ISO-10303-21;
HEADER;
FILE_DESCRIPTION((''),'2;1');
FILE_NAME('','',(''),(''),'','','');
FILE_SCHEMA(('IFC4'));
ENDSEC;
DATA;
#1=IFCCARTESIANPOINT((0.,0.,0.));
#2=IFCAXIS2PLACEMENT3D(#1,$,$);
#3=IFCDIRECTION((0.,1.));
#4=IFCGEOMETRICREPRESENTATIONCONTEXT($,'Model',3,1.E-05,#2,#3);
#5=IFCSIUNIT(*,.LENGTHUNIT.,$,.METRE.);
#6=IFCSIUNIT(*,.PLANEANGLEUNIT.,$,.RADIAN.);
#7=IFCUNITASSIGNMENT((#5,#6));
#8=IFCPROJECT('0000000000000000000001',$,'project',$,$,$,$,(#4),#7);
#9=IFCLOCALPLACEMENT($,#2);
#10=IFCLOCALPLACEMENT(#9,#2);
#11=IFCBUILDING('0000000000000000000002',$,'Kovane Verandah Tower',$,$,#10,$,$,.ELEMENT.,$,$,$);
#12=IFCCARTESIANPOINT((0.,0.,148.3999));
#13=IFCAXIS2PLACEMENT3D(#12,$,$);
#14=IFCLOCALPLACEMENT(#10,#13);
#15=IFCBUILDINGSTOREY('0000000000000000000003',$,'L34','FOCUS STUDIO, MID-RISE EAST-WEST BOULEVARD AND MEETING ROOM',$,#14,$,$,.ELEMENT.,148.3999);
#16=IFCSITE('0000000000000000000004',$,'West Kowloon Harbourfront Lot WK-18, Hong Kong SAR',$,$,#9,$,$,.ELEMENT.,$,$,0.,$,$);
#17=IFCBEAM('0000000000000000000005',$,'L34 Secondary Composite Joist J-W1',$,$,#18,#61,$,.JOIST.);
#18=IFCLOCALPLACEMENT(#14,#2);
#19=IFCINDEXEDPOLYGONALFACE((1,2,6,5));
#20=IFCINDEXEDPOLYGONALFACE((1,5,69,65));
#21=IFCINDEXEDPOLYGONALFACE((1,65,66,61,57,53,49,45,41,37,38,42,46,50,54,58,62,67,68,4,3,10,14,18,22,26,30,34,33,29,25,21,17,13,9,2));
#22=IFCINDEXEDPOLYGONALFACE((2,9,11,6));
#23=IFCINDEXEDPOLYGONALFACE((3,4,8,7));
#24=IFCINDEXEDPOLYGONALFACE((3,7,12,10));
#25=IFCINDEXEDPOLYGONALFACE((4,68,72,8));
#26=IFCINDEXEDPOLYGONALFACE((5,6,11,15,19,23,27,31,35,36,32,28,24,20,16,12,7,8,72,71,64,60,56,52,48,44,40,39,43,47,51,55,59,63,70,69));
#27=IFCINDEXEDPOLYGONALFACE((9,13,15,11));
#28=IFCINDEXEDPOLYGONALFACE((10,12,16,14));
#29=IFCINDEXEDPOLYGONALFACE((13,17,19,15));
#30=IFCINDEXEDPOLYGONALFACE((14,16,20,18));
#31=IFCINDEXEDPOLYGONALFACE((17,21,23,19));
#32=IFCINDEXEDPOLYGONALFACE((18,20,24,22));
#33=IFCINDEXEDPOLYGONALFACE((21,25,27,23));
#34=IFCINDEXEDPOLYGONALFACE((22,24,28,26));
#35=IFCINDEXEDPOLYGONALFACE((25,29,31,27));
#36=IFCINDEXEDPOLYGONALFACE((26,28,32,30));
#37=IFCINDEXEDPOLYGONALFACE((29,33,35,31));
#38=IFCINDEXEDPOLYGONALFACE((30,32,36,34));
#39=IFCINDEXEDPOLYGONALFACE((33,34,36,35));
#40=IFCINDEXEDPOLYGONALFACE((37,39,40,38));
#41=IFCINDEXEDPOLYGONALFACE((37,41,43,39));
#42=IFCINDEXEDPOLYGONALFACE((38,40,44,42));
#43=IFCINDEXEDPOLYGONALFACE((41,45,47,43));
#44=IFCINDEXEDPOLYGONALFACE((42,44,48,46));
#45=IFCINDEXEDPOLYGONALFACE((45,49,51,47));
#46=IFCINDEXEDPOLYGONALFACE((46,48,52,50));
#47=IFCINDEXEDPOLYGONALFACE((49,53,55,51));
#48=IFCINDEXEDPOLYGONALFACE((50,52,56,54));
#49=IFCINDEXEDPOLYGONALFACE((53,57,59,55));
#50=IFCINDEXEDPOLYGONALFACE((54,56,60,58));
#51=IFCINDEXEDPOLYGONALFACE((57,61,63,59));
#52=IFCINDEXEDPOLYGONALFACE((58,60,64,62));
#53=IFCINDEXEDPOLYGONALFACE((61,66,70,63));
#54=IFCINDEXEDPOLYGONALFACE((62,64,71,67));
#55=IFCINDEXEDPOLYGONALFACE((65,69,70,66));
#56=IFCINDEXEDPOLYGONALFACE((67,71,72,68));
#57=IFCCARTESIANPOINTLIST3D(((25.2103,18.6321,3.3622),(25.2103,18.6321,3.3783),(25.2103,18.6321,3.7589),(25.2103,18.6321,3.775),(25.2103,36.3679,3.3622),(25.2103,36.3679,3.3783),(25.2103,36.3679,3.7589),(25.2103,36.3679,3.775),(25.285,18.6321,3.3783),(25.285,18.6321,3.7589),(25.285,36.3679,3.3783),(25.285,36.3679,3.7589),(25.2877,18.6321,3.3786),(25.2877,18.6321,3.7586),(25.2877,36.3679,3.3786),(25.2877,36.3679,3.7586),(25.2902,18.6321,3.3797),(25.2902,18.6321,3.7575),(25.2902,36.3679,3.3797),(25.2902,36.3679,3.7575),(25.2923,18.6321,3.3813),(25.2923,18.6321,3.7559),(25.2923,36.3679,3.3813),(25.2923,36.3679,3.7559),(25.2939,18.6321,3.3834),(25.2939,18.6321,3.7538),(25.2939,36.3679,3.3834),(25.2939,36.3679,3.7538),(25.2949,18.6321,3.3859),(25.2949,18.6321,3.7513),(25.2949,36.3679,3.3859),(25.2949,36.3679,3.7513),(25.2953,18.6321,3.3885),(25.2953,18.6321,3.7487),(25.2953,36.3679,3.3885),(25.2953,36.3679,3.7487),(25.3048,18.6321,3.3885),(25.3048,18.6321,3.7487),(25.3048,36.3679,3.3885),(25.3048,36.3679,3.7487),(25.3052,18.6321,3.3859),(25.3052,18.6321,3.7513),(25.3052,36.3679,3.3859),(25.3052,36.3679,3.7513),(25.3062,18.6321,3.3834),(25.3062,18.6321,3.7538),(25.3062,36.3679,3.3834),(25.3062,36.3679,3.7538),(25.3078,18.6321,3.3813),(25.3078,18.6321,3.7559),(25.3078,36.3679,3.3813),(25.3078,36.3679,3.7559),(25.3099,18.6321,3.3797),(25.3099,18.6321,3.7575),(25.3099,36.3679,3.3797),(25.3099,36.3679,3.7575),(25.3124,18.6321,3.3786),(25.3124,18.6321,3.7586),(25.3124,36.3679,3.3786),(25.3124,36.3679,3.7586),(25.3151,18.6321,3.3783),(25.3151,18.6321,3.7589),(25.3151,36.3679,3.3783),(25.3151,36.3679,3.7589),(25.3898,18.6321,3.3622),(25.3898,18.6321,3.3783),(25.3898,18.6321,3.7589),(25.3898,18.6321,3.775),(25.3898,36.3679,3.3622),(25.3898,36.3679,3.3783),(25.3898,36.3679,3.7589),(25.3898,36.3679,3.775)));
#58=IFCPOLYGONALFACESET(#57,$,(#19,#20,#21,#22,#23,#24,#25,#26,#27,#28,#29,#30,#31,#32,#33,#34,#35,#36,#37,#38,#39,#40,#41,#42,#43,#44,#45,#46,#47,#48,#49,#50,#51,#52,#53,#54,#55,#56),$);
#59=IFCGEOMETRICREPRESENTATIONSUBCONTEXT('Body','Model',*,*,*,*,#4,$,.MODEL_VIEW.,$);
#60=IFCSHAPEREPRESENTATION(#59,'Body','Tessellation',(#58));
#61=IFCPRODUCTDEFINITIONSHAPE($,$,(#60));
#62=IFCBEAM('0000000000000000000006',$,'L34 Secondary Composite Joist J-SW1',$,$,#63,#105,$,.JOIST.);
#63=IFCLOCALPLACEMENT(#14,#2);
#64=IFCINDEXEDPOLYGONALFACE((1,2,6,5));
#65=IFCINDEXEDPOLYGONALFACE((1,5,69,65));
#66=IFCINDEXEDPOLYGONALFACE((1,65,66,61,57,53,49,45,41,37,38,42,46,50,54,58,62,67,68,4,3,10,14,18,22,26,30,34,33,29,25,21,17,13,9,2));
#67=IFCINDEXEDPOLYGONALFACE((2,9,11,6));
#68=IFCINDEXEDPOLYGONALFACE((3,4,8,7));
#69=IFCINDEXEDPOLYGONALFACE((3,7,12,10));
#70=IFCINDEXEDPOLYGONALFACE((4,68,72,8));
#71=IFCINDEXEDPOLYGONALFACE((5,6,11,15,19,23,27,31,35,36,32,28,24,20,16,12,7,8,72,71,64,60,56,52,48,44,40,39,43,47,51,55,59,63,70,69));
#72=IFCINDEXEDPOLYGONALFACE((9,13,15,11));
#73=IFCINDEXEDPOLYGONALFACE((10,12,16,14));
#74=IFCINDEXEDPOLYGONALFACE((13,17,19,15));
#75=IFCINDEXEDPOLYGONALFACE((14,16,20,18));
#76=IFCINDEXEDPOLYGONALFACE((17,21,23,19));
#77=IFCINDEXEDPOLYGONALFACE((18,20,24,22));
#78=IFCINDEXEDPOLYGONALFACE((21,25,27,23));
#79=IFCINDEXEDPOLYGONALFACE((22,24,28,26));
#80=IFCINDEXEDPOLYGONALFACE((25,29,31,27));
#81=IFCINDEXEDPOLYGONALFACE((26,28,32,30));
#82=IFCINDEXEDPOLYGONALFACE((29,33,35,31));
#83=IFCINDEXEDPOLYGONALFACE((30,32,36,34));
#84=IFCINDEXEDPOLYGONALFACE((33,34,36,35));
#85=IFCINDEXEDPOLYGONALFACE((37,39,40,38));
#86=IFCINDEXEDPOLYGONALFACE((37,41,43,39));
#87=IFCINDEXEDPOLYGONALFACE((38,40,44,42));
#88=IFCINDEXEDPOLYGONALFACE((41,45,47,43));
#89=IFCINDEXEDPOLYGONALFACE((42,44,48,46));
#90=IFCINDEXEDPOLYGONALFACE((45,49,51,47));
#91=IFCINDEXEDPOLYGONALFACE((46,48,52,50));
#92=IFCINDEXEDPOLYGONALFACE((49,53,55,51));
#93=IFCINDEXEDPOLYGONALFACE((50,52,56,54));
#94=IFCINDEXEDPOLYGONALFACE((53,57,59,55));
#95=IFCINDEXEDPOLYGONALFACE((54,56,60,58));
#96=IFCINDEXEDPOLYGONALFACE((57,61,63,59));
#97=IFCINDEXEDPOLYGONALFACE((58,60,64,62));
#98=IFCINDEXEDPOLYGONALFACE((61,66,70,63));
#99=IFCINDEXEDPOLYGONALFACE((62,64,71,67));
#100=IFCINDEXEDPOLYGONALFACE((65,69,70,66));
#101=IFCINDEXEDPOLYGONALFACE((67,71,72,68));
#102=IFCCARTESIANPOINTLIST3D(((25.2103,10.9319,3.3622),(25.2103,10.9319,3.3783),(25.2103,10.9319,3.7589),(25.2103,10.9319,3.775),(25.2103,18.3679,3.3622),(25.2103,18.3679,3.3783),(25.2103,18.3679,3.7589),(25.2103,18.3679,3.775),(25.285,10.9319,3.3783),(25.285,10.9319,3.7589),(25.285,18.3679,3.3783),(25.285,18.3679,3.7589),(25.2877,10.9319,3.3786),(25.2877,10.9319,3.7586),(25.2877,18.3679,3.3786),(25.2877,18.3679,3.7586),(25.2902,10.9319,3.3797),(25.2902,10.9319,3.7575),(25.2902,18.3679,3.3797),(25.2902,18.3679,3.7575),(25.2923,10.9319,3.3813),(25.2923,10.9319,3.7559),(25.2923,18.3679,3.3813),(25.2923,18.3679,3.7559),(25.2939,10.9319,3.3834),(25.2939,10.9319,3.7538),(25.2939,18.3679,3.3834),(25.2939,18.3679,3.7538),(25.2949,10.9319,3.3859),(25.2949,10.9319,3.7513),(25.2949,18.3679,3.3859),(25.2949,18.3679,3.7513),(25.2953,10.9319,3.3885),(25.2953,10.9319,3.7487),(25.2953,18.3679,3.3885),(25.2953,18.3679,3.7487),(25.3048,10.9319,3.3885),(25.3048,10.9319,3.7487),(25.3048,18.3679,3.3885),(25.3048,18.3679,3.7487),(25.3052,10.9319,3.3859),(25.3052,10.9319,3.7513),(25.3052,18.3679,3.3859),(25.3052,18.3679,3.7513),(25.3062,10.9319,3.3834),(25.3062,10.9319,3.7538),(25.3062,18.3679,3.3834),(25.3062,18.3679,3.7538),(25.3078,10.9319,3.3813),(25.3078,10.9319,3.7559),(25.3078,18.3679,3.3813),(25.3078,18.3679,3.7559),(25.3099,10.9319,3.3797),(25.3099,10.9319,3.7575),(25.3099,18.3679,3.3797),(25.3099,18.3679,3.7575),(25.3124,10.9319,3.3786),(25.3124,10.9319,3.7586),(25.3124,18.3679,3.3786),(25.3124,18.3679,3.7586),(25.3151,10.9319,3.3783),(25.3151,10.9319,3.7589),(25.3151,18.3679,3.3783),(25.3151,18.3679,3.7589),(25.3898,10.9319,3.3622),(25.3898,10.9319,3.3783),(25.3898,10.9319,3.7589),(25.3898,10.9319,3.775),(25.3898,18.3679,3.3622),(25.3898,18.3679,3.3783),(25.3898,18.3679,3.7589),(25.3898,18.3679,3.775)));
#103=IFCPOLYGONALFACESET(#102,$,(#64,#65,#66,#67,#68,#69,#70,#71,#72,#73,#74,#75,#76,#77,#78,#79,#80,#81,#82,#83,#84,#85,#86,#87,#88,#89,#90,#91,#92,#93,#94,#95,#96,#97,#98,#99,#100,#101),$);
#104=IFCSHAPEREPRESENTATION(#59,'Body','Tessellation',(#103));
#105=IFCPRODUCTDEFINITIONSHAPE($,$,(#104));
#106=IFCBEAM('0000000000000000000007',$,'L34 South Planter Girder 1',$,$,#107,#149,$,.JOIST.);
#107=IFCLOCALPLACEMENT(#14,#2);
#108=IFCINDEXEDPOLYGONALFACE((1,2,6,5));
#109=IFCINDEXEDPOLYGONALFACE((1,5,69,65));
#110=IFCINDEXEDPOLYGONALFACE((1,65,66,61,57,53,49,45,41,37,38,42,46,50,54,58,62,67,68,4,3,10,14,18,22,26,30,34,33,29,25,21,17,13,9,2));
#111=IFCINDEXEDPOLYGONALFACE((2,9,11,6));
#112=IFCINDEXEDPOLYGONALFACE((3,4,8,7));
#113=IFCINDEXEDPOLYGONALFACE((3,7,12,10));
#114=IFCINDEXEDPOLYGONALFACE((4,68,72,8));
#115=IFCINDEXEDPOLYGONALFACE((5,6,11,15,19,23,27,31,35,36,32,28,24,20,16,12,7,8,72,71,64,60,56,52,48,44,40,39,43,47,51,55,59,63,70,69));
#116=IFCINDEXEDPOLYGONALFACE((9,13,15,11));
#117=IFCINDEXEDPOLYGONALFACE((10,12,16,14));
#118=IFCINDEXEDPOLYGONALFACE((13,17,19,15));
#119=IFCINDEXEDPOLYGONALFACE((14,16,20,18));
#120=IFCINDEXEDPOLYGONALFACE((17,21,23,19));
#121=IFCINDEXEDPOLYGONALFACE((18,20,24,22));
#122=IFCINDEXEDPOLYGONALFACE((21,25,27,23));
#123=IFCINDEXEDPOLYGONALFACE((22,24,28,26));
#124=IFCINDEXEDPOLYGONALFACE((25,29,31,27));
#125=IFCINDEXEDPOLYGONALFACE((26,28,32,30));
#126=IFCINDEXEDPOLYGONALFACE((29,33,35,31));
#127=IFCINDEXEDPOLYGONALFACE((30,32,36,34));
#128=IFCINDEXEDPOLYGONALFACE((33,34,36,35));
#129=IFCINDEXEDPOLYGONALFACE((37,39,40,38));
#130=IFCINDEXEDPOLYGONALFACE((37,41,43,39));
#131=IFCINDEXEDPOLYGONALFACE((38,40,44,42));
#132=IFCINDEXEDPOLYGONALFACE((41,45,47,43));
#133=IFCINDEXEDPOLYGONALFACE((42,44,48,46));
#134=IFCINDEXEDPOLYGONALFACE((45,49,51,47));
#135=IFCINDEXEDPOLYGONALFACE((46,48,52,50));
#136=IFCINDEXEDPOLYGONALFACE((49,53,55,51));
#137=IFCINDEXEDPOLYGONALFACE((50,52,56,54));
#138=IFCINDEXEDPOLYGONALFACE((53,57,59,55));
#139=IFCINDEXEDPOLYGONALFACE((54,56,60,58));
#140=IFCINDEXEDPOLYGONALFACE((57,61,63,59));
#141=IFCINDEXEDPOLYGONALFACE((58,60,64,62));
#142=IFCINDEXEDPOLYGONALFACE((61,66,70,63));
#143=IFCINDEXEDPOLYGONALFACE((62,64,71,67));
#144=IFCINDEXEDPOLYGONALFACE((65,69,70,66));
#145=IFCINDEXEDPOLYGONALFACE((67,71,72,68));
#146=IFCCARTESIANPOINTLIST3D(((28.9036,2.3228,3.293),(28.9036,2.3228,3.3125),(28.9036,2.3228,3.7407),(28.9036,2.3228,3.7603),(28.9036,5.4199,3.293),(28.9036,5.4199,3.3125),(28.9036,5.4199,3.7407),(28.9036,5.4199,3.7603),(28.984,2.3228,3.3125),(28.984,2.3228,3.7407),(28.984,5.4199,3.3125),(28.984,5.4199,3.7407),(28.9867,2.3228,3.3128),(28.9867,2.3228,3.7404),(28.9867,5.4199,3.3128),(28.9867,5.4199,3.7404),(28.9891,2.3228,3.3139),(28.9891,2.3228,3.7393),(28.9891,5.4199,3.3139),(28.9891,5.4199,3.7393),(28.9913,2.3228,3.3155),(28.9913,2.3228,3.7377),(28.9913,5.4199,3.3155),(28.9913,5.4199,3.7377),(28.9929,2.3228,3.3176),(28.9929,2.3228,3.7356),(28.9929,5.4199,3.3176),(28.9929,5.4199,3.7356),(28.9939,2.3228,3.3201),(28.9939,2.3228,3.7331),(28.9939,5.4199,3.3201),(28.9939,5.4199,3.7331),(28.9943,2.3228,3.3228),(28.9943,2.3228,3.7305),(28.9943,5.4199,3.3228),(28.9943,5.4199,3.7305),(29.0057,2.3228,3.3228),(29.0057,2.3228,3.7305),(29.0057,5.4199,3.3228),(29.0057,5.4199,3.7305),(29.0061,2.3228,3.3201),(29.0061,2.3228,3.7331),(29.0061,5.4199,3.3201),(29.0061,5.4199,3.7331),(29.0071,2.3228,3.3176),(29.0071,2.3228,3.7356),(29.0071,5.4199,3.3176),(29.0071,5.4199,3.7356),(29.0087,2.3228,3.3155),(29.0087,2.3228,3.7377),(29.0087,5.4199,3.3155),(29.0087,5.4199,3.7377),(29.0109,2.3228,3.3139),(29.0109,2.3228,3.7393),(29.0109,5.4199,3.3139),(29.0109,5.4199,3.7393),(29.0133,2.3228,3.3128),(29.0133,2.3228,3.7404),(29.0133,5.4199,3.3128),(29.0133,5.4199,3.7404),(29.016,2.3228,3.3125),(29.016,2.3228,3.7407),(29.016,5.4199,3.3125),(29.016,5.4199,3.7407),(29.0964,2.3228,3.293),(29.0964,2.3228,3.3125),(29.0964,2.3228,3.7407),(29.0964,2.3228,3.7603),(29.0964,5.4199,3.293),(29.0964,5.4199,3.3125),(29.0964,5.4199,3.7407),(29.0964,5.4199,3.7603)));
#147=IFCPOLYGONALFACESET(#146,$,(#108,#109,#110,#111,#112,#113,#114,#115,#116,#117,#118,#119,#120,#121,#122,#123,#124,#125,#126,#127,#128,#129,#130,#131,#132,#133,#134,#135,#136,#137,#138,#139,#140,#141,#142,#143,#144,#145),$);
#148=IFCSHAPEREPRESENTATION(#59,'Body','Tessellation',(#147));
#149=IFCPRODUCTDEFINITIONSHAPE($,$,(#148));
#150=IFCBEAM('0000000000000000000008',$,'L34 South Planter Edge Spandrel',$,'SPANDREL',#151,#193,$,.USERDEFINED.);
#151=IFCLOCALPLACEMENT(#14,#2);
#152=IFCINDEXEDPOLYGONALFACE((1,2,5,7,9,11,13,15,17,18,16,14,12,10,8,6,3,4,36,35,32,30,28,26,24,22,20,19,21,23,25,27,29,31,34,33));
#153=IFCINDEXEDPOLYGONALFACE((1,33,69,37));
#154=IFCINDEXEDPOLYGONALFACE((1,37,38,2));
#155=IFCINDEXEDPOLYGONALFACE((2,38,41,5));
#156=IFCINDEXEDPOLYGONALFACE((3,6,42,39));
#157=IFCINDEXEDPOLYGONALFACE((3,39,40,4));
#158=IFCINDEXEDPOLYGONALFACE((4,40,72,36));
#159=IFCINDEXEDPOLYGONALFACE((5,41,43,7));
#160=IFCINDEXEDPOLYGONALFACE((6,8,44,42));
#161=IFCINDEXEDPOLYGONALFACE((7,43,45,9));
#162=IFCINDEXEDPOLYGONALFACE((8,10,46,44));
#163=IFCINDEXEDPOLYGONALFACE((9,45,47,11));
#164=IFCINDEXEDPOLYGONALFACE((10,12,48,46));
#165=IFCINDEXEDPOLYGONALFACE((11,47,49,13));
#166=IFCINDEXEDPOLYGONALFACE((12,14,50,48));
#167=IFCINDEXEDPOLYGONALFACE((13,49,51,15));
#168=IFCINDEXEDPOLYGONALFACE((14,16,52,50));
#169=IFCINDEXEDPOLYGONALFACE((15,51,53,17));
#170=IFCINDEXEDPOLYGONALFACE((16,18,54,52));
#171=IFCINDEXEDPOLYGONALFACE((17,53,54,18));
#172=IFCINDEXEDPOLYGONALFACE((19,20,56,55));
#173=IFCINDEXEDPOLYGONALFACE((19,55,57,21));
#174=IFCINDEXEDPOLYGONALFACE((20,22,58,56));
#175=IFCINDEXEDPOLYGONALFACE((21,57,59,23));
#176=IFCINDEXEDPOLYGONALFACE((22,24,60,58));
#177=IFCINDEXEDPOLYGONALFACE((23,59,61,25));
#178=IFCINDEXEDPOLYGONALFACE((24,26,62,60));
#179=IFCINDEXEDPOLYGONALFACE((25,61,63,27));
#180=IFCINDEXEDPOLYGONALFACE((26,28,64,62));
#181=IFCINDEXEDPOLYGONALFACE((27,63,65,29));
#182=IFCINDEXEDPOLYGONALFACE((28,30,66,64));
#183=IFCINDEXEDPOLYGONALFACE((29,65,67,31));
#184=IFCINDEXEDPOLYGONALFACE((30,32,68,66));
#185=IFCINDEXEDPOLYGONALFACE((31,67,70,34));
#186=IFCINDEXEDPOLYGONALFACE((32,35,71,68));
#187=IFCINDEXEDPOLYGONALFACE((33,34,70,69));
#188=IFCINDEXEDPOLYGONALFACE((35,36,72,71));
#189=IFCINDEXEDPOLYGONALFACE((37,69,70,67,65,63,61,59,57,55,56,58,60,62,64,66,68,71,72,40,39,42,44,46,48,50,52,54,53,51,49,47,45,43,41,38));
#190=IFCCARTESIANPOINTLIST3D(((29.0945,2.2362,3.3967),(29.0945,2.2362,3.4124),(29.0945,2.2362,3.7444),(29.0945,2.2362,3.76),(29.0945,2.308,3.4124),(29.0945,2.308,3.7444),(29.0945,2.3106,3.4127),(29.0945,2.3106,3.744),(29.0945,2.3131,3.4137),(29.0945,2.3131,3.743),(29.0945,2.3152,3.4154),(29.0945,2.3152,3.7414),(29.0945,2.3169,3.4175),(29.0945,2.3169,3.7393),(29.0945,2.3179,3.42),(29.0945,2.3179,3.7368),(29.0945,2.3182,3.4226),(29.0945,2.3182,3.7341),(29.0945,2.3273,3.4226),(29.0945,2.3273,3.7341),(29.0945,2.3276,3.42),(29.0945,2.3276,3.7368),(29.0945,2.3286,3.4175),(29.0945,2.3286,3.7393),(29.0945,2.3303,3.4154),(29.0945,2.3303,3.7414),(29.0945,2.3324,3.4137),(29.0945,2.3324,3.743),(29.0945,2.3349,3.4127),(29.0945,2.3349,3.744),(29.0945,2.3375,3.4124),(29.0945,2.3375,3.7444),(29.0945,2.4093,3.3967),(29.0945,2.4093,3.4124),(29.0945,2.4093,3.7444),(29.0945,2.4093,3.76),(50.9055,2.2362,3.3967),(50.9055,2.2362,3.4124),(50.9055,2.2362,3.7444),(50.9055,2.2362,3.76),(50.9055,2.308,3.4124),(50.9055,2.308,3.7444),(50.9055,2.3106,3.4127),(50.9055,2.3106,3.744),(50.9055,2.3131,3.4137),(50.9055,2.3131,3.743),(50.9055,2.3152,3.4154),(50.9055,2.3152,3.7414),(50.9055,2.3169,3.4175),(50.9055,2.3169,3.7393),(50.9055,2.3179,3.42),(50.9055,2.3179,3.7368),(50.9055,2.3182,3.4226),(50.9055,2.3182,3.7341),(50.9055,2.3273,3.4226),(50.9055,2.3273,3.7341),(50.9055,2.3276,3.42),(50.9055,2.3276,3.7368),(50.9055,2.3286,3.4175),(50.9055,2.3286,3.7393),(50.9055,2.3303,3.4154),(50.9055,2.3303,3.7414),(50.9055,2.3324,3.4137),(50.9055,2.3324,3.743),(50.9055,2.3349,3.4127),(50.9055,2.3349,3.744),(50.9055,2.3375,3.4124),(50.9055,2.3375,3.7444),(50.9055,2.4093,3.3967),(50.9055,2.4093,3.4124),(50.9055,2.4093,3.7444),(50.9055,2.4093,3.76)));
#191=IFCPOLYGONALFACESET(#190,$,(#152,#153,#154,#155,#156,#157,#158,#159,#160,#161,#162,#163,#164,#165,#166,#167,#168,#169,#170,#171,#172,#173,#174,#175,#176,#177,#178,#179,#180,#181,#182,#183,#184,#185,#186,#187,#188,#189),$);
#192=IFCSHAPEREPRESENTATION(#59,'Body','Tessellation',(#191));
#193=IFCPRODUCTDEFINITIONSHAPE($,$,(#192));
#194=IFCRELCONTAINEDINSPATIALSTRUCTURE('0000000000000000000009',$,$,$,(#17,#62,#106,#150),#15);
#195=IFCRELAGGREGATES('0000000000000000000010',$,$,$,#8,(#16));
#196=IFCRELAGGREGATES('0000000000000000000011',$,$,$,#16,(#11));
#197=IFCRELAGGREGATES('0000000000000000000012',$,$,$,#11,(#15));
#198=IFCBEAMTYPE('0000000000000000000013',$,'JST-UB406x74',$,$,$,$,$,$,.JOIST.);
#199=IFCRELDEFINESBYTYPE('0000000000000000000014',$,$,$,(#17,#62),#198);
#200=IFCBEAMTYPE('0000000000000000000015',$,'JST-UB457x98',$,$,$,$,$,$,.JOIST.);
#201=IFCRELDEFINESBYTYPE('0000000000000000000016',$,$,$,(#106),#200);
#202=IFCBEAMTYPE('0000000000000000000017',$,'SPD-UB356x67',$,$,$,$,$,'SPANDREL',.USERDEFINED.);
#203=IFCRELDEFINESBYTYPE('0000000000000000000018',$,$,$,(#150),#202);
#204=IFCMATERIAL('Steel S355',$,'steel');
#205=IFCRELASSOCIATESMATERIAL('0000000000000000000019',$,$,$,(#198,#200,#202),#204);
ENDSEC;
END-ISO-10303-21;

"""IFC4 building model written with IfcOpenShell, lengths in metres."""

from ifc_helpers import new_model, si_unit, direction, frame, origin, origin_2d, place, context, subcontext, project, spatial, i_section, extrude, material, material_profile, profile_set, type_object, element, save


model = new_model("IFC4")

# Units and contexts
model_context = context("Model", 3, precision=1e-05, world=origin(), true_north=direction((0.0, 1.0)))
body_context = subcontext(model_context, "Body", "Model", "MODEL_VIEW")
ifc_project = project(units=[si_unit("LENGTHUNIT", "METRE"), si_unit("PLANEANGLEUNIT", "RADIAN")], contexts=[model_context])

# Site, building, storey
site_placement = place(None, origin())
site = spatial("IfcSite", under=ifc_project, at=site_placement, Name="West Kowloon Harbourfront Lot WK-18, Hong Kong SAR", CompositionType="ELEMENT", RefElevation=0.0)
building_placement = place(site_placement, origin())
building = spatial("IfcBuilding", under=site, at=building_placement, Name="Kovane Verandah Tower", CompositionType="ELEMENT")
storey_placement = place(building_placement, frame((0.0, 0.0, 148.3999)))
storey = spatial("IfcBuildingStorey", under=building, at=storey_placement, Name="L34", Description="FOCUS STUDIO, MID-RISE EAST-WEST BOULEVARD AND MEETING ROOM", CompositionType="ELEMENT", Elevation=148.3999)

# Beams
ifc_material_1 = material(Name="Steel S355", Category="steel")
ifc_material_profile_1 = material_profile(ifc_material_1, i_section(OverallWidth=0.1794, OverallDepth=0.4128, WebThickness=0.0095, FlangeThickness=0.0161, FilletRadius=0.0103, at=origin_2d()), Name="UB406x178x74")
ifc_profile_set_1 = profile_set([ifc_material_profile_1], Name="Steel S355")
beam_type_1 = type_object("IfcBeamType", Name="JST-UB406x74", PredefinedType="JOIST", material=ifc_profile_set_1)
beam_1_placement = place(storey_placement, frame((25.3, 18.6321, 3.5686), z_axis=(0.0, 1.0, 0.0), x_axis=(-1.0, 0.0, 0.0)))
element("IfcBeam", 1, at=beam_1_placement, inside=storey, type_object=beam_type_1, Name="L34 Secondary Composite Joist J-W1", PredefinedType="JOIST", context=body_context, shape_type="SweptSolid", body=[
    extrude(i_section(OverallWidth=0.1794, OverallDepth=0.4128, WebThickness=0.0095, FlangeThickness=0.0161, FilletRadius=0.0103, at=origin_2d()), origin(), (0.0, 0.0, 1.0), 17.7358),
])
beam_2_placement = place(storey_placement, frame((25.3, 10.9319, 3.5686), z_axis=(0.0, 1.0, 0.0), x_axis=(-1.0, 0.0, 0.0)))
element("IfcBeam", 2, at=beam_2_placement, inside=storey, type_object=beam_type_1, Name="L34 Secondary Composite Joist J-SW1", PredefinedType="JOIST", context=body_context, shape_type="SweptSolid", body=[
    extrude(i_section(OverallWidth=0.1794, OverallDepth=0.4128, WebThickness=0.0095, FlangeThickness=0.0161, FilletRadius=0.0103, at=origin_2d()), origin(), (0.0, 0.0, 1.0), 7.436),
])
ifc_material_profile_2 = material_profile(ifc_material_1, i_section(OverallWidth=0.1929, OverallDepth=0.4673, WebThickness=0.0115, FlangeThickness=0.0195, FilletRadius=0.0103, at=origin_2d()), Name="UB457x191x98")
ifc_profile_set_2 = profile_set([ifc_material_profile_2], Name="Steel S355")
beam_type_2 = type_object("IfcBeamType", Name="JST-UB457x98", PredefinedType="JOIST", material=ifc_profile_set_2)
beam_3_placement = place(storey_placement, frame((29.0, 5.4199, 3.5266), z_axis=(0.0, -1.0, 0.0), x_axis=(1.0, 0.0, 0.0)))
element("IfcBeam", 3, at=beam_3_placement, inside=storey, type_object=beam_type_2, Name="L34 South Planter Girder 1", PredefinedType="JOIST", context=body_context, shape_type="SweptSolid", body=[
    extrude(i_section(OverallWidth=0.1929, OverallDepth=0.4673, WebThickness=0.0115, FlangeThickness=0.0195, FilletRadius=0.0103, at=origin_2d()), origin(), (0.0, 0.0, 1.0), 3.0972),
])
ifc_material_profile_3 = material_profile(ifc_material_1, i_section(OverallWidth=0.1731, OverallDepth=0.3633, WebThickness=0.009, FlangeThickness=0.0156, FilletRadius=0.0103, at=origin_2d()), Name="UB356x171x67")
ifc_profile_set_3 = profile_set([ifc_material_profile_3], Name="Steel S355")
beam_type_3 = type_object("IfcBeamType", Name="SPD-UB356x67", ElementType="SPANDREL", PredefinedType="USERDEFINED", material=ifc_profile_set_3)
beam_4_placement = place(storey_placement, frame((29.0945, 2.3228, 3.5784), z_axis=(1.0, 0.0, 0.0), x_axis=(0.0, 1.0, 0.0)))
element("IfcBeam", 4, at=beam_4_placement, inside=storey, type_object=beam_type_3, Name="L34 South Planter Edge Spandrel", ObjectType="SPANDREL", PredefinedType="USERDEFINED", context=body_context, shape_type="SweptSolid", body=[
    extrude(i_section(OverallWidth=0.1731, OverallDepth=0.3633, WebThickness=0.009, FlangeThickness=0.0156, FilletRadius=0.0103, at=origin_2d()), origin(), (0.0, 0.0, 1.0), 21.811),
])

save(model, "model.ifc")
